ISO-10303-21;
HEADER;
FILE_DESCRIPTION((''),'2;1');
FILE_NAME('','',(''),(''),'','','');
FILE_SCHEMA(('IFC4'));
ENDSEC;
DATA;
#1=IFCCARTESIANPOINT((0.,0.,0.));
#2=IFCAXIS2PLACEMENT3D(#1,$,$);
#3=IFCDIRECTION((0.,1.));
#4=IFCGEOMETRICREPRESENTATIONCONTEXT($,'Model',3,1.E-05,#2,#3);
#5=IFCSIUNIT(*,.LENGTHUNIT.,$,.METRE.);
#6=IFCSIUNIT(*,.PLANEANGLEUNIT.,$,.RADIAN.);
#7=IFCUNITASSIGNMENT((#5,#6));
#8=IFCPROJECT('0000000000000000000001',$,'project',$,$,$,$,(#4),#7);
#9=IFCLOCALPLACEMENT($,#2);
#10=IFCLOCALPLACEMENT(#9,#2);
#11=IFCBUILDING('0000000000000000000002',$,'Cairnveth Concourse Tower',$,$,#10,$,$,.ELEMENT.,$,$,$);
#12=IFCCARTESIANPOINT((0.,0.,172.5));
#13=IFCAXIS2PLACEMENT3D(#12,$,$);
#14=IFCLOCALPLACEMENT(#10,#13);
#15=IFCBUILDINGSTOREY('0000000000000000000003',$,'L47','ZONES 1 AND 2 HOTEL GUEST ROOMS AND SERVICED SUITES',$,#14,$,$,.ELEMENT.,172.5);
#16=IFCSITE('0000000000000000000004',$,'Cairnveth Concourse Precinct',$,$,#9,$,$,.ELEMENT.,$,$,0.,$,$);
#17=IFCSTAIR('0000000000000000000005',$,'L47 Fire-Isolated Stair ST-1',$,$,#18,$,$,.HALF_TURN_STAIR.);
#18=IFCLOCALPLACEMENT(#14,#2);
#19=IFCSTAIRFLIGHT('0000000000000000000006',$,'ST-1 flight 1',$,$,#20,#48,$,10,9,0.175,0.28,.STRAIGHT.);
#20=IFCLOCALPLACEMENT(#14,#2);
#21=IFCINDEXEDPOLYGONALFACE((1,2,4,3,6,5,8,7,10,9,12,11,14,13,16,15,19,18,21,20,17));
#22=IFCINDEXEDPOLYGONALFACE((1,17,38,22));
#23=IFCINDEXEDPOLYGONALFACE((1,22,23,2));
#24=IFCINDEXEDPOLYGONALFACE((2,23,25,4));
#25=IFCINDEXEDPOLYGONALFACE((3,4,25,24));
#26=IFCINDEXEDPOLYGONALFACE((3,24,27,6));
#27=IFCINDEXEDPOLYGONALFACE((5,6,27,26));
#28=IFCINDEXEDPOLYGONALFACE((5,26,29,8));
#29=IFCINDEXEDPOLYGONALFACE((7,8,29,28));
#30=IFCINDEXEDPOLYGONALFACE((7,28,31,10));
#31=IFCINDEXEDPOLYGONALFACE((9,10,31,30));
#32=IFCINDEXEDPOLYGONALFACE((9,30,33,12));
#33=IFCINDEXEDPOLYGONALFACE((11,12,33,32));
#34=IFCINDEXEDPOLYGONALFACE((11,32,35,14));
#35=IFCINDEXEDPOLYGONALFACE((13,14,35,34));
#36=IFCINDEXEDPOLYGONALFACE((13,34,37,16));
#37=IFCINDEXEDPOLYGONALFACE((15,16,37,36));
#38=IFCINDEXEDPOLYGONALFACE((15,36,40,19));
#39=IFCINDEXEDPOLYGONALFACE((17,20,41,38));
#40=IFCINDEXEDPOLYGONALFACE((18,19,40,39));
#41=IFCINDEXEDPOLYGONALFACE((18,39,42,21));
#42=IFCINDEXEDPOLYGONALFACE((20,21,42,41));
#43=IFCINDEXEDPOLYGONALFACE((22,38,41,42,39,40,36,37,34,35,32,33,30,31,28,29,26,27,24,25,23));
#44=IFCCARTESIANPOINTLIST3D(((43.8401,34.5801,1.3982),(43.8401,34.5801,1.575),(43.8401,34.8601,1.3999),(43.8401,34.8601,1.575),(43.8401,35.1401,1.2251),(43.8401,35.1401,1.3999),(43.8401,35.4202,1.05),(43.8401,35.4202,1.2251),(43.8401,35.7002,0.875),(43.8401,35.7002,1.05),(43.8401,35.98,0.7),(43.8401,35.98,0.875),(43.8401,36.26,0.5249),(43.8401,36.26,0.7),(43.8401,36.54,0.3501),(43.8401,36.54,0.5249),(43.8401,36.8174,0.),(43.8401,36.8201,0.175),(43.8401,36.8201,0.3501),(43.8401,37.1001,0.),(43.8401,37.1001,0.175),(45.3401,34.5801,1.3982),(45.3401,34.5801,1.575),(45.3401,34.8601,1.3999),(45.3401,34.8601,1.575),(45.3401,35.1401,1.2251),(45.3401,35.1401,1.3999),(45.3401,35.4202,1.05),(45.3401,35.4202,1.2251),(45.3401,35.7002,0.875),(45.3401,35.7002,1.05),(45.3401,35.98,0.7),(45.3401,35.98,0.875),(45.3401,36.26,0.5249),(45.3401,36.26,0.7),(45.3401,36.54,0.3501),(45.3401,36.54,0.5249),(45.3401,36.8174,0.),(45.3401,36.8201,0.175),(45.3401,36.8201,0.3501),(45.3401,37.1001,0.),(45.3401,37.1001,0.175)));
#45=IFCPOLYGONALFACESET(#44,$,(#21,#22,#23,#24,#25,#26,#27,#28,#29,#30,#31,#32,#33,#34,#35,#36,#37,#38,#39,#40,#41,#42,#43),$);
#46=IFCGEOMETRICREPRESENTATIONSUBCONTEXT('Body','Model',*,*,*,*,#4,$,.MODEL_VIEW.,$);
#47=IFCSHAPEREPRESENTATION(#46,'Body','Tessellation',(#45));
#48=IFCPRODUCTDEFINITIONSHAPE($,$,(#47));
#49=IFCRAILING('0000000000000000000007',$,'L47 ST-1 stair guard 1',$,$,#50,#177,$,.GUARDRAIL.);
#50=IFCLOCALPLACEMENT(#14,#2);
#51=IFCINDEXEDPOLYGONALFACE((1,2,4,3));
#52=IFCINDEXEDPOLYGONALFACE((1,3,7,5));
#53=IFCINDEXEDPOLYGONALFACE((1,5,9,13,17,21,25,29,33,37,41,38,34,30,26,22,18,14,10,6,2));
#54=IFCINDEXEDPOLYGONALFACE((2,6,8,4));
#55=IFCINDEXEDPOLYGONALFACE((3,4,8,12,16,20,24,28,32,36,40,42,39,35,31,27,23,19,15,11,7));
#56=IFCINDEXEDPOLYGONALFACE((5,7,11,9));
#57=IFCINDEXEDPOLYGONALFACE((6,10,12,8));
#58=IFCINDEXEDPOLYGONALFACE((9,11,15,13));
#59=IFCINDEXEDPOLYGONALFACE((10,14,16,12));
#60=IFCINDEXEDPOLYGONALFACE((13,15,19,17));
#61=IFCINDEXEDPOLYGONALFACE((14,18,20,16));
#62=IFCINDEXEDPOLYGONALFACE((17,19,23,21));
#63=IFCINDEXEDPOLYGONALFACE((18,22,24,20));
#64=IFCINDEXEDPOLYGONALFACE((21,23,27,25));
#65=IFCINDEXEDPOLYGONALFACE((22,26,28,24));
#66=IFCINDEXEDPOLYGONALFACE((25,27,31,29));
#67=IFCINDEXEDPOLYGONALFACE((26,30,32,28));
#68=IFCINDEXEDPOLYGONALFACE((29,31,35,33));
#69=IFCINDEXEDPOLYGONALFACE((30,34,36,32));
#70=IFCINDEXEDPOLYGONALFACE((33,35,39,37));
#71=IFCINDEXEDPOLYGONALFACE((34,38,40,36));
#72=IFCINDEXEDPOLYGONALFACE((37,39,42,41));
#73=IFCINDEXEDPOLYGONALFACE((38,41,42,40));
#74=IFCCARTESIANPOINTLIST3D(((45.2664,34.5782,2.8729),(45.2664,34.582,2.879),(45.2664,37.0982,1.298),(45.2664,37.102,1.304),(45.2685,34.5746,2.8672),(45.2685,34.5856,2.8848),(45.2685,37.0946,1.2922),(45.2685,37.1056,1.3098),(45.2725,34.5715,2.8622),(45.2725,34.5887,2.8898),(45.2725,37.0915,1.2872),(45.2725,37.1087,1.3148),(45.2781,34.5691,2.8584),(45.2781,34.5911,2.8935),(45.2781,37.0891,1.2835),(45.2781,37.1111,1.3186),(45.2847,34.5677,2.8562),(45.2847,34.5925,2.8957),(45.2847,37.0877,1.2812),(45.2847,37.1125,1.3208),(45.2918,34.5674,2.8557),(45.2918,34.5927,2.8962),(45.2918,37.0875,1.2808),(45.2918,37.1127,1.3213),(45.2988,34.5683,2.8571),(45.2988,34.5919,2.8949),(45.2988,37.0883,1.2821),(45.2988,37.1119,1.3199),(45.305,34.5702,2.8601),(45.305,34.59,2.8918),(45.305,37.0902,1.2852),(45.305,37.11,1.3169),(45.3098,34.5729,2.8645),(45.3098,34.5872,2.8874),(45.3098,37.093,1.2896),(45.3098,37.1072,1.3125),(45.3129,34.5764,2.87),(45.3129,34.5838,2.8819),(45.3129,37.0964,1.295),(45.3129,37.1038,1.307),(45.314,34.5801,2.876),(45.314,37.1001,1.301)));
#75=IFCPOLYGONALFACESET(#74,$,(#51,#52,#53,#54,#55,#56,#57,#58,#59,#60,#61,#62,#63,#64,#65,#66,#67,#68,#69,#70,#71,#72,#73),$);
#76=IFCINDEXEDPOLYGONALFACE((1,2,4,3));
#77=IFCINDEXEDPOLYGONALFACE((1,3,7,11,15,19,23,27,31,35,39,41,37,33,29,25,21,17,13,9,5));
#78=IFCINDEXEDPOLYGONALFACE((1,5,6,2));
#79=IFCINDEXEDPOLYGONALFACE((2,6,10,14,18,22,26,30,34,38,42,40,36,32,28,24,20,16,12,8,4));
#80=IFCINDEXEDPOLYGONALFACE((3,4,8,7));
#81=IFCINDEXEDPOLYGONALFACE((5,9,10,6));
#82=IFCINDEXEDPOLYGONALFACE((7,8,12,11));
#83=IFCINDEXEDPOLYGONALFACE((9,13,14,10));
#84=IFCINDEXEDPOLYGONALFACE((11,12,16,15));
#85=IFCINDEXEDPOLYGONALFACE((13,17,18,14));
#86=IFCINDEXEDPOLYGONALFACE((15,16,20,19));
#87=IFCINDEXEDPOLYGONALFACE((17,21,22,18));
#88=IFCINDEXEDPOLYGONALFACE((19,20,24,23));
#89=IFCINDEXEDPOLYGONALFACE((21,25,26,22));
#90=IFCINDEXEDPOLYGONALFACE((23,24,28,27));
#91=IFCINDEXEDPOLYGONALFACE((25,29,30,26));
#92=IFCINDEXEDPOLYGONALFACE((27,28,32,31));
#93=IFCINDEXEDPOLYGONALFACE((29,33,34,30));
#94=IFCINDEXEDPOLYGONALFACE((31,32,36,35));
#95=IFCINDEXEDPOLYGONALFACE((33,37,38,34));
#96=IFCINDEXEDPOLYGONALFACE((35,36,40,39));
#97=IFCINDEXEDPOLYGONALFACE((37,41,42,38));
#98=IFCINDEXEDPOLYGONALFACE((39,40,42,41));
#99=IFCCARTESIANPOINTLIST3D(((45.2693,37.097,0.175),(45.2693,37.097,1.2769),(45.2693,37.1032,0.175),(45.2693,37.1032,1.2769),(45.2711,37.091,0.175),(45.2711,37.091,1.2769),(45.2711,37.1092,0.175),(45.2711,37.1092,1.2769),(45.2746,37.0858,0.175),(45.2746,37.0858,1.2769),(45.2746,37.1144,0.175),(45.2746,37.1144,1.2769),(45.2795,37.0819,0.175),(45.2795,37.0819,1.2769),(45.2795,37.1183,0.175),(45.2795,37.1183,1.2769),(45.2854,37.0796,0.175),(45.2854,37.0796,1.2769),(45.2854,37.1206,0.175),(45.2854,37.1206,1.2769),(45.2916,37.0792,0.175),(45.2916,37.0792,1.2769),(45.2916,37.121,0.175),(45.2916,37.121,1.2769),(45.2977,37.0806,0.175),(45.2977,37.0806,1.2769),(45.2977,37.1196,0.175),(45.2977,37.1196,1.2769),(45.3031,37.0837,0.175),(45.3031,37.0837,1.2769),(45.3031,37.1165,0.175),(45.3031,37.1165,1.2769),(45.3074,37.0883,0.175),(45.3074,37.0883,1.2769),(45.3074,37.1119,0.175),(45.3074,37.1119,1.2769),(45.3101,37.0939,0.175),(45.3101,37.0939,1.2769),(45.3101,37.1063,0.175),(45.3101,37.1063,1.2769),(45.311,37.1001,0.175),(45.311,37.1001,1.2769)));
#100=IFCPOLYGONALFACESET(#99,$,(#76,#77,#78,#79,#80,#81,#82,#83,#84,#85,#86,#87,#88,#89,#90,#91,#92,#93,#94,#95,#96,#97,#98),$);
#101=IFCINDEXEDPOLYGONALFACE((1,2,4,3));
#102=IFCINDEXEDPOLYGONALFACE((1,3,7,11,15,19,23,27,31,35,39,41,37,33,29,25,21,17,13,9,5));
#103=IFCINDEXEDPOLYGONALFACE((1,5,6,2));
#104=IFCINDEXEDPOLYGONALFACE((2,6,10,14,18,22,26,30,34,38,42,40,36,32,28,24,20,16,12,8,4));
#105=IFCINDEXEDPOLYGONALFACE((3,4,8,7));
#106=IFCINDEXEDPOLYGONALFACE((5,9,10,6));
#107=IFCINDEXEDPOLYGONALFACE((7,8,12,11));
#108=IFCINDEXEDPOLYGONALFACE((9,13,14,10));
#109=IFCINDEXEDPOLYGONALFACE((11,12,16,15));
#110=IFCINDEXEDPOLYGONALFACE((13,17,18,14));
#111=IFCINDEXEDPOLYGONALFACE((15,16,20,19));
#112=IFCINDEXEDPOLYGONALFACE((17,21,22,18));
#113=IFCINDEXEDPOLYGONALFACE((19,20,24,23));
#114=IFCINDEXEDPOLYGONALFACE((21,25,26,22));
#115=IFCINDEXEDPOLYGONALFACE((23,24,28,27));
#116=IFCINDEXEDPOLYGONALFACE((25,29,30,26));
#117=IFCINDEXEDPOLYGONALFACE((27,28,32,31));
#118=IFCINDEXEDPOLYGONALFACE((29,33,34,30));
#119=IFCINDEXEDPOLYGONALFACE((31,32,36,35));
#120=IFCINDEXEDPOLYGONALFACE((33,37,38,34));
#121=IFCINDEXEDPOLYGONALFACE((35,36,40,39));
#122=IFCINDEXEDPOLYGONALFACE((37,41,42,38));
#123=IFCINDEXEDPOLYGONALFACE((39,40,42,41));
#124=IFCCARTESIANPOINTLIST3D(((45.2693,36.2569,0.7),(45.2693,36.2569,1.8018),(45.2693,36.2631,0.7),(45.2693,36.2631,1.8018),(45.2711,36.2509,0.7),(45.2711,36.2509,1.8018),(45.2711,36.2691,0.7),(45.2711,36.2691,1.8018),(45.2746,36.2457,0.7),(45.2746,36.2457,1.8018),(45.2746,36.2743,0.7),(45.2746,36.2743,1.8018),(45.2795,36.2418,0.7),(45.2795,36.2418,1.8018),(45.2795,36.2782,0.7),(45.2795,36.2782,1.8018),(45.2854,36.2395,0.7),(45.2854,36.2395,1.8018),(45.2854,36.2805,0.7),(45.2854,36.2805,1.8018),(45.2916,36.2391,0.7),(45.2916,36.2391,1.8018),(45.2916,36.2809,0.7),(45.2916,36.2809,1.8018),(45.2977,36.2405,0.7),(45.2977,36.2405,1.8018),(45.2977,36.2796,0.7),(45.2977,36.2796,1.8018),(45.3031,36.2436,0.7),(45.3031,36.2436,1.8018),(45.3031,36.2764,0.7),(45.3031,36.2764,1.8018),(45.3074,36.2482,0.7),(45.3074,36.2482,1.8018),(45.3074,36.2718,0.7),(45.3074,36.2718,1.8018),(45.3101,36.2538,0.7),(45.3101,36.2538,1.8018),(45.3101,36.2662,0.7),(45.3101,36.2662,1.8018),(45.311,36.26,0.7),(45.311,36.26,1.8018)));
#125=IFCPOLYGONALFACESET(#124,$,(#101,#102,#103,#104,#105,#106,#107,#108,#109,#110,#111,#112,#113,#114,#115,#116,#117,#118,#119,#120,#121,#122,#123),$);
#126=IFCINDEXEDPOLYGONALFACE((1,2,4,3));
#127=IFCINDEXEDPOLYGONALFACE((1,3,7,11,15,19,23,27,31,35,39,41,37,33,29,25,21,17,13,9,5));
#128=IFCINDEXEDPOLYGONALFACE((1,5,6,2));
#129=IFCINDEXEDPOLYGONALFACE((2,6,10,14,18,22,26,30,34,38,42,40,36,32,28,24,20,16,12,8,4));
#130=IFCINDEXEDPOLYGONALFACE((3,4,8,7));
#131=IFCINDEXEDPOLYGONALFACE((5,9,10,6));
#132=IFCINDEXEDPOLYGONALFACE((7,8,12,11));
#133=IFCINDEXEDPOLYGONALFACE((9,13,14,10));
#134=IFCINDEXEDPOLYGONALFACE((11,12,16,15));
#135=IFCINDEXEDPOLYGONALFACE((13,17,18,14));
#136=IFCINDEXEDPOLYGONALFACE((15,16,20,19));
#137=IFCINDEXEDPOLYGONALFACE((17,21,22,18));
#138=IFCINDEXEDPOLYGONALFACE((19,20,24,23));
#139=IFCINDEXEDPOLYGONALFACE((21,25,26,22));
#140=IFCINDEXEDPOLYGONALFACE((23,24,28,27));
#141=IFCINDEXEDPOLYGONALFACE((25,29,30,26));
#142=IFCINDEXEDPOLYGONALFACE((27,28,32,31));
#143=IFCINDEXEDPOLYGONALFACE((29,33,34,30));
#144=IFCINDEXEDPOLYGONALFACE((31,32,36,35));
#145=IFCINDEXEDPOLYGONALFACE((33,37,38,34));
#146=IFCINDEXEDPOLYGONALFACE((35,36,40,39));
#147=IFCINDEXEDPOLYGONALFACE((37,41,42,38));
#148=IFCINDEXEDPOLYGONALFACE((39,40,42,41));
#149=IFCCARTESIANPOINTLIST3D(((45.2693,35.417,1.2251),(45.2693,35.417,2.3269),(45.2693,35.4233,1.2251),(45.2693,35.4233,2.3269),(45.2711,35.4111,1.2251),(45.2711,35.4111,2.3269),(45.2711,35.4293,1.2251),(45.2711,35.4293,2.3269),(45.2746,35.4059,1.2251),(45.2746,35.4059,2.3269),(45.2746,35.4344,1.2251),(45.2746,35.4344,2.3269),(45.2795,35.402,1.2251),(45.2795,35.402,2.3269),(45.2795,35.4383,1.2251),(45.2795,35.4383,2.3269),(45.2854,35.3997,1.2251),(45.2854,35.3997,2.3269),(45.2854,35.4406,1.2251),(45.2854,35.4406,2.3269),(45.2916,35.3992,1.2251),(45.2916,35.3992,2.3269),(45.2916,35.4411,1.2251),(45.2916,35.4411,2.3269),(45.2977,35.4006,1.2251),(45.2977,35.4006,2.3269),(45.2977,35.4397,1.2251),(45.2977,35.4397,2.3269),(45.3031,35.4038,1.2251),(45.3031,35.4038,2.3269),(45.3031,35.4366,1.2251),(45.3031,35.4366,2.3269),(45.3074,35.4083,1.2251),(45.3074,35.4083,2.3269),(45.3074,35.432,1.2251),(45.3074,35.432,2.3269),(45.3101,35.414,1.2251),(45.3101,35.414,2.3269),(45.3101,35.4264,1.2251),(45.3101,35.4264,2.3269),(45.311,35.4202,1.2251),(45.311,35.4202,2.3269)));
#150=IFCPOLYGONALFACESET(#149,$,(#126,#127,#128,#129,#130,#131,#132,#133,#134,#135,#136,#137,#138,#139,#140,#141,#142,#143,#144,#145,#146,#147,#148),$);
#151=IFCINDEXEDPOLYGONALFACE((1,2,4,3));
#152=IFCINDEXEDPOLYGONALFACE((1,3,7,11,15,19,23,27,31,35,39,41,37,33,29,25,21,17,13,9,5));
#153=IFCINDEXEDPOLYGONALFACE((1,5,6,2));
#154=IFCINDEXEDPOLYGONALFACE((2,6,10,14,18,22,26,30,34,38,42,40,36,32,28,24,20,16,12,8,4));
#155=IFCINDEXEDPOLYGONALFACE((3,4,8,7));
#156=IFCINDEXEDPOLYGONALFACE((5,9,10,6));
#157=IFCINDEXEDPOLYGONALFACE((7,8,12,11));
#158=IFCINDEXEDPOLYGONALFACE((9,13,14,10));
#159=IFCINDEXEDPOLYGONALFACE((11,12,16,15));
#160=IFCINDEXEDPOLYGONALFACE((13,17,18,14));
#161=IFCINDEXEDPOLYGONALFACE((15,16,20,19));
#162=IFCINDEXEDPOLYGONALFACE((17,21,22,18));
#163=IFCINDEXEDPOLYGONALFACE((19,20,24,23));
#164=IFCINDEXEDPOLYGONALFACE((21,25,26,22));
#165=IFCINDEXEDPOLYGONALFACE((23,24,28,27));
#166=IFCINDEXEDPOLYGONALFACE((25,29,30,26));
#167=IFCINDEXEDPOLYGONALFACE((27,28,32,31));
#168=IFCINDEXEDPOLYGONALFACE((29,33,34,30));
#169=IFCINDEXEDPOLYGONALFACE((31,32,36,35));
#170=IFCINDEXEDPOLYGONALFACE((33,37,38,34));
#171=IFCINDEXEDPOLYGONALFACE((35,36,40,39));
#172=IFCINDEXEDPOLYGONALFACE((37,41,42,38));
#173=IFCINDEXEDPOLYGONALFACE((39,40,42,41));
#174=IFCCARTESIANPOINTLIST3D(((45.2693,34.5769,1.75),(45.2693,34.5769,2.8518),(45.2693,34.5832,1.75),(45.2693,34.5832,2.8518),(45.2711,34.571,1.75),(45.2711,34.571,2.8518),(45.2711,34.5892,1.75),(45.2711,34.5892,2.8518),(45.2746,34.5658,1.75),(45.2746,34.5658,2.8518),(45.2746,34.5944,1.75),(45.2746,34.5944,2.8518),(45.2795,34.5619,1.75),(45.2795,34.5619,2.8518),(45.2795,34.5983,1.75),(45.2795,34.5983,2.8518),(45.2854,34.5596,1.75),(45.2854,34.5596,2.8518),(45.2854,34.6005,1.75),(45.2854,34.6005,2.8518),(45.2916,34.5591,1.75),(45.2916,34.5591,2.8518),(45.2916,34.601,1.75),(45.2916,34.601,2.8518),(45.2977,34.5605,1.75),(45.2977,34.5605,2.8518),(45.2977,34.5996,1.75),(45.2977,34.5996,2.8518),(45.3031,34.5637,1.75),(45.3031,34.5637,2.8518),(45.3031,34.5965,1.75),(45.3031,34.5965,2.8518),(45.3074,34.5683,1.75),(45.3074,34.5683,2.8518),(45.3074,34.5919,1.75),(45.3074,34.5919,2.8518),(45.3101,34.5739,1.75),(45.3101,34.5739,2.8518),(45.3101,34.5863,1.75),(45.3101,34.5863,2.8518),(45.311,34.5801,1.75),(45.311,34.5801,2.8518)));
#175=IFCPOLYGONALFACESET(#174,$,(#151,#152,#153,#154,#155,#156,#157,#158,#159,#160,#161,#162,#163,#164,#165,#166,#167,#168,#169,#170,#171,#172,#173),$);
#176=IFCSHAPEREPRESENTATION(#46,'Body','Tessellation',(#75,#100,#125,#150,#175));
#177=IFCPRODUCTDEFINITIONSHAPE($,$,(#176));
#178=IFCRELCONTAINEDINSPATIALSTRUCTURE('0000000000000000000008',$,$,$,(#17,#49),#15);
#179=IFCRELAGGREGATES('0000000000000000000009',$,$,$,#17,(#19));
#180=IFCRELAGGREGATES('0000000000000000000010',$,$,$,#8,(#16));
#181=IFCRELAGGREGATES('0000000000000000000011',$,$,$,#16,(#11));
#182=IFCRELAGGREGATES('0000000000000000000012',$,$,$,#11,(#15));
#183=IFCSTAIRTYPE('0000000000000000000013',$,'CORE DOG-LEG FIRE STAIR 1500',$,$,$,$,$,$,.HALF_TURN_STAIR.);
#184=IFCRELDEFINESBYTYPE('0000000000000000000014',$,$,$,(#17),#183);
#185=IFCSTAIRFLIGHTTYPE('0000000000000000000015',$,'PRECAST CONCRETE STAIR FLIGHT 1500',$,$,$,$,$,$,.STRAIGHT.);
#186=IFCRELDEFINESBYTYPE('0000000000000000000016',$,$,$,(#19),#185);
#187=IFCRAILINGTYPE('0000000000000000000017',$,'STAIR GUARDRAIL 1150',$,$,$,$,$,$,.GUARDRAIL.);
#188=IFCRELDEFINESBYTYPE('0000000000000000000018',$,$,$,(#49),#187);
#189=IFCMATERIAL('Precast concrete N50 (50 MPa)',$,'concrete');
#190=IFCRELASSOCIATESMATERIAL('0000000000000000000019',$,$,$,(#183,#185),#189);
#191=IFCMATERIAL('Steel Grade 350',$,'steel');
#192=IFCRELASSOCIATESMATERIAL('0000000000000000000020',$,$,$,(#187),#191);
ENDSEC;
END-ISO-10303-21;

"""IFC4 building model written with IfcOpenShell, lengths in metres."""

from ifc_helpers import new_model, si_unit, direction, frame, origin, origin_2d, place, context, subcontext, project, spatial, polyline, circle, outline, extrude, material, type_object, element, aggregate, save


model = new_model("IFC4")

# Units and contexts
model_context = context("Model", 3, precision=1e-05, world=origin(), true_north=direction((0.0, 1.0)))
body_context = subcontext(model_context, "Body", "Model", "MODEL_VIEW")
ifc_project = project(units=[si_unit("LENGTHUNIT", "METRE"), si_unit("PLANEANGLEUNIT", "RADIAN")], contexts=[model_context])

# Site, building, storey
site_placement = place(None, origin())
site = spatial("IfcSite", under=ifc_project, at=site_placement, Name="Cairnveth Concourse Precinct", CompositionType="ELEMENT", RefElevation=0.0)
building_placement = place(site_placement, origin())
building = spatial("IfcBuilding", under=site, at=building_placement, Name="Cairnveth Concourse Tower", CompositionType="ELEMENT")
storey_placement = place(building_placement, frame((0.0, 0.0, 172.5)))
storey = spatial("IfcBuildingStorey", under=building, at=storey_placement, Name="L47", Description="ZONES 1 AND 2 HOTEL GUEST ROOMS AND SERVICED SUITES", CompositionType="ELEMENT", Elevation=172.5)

# Shared definitions
ifc_material_1 = material(Name="Steel Grade 350", Category="steel")

# Stair, stair flight
ifc_material_2 = material(Name="Precast concrete N50 (50 MPa)", Category="concrete")
stair_type = type_object("IfcStairType", Name="CORE DOG-LEG FIRE STAIR 1500", PredefinedType="HALF_TURN_STAIR", material=ifc_material_2)
stair_placement = place(storey_placement, origin())
stair = element("IfcStair", 1, at=stair_placement, inside=storey, type_object=stair_type, Name="L47 Fire-Isolated Stair ST-1", PredefinedType="HALF_TURN_STAIR")
stair_flight_type = type_object("IfcStairFlightType", Name="PRECAST CONCRETE STAIR FLIGHT 1500", PredefinedType="STRAIGHT", material=ifc_material_2)
stair_flight_placement = place(storey_placement, frame((44.5901, 37.1001, 0.0), z_axis=(0.0, 0.0, 1.0), x_axis=(0.0, -1.0, 0.0)))
stair_flight = element("IfcStairFlight", 2, at=stair_flight_placement, type_object=stair_flight_type, Name="ST-1 flight 1", NumberOfRisers=10, NumberOfTreads=9, PredefinedType="STRAIGHT", RiserHeight=0.175, TreadLength=0.28, context=body_context, shape_type="SweptSolid", body=[
    extrude(outline(polyline([(0.0, 0.0), (0.0, 0.175), (0.28, 0.175), (0.28, 0.3501), (0.5601, 0.3501), (0.5601, 0.5249), (0.8401, 0.5249), (0.8401, 0.7), (1.1201, 0.7), (1.1201, 0.875), (1.3999, 0.875), (1.3999, 1.05), (1.6799, 1.05), (1.6799, 1.2251), (1.96, 1.2251), (1.96, 1.3999), (2.24, 1.3999), (2.24, 1.575), (2.52, 1.575), (2.52, 1.75), (2.52, 1.3982), (0.2827, 0.0), (0.0, 0.0)])), frame((0.0, 0.75, 0.0), z_axis=(0.0, -1.0, 0.0), x_axis=(1.0, 0.0, 0.0)), (0.0, 0.0, 1.0), 1.5),
])
aggregate(stair, [stair_flight])

# Railing
railing_type_1 = type_object("IfcRailingType", Name="STAIR GUARDRAIL 1150", PredefinedType="GUARDRAIL", material=ifc_material_1)
railing_1_placement = place(storey_placement, frame((45.29, 37.1001, 0.175)))
element("IfcRailing", 3, at=railing_1_placement, inside=storey, type_object=railing_type_1, Name="L47 ST-1 stair guard 1", PredefinedType="GUARDRAIL", context=body_context, shape_type="SweptSolid", body=[
    extrude(circle(Radius=0.0239, at=origin_2d()), frame((0.0, 0.0, 1.126), z_axis=(0.0, -0.848008, 0.529984), x_axis=(1.0, 0.0, 0.0)), (0.0, 0.0, 1.0), 2.9717),
    extrude(circle(Radius=0.021, at=origin_2d()), origin(), (0.0, 0.0, 1.0), 1.1018),
    extrude(circle(Radius=0.021, at=origin_2d()), frame((0.0, -0.8401, 0.5249)), (0.0, 0.0, 1.0), 1.1018),
    extrude(circle(Radius=0.021, at=origin_2d()), frame((0.0, -1.6799, 1.05)), (0.0, 0.0, 1.0), 1.1018),
    extrude(circle(Radius=0.021, at=origin_2d()), frame((0.0, -2.52, 1.575)), (0.0, 0.0, 1.0), 1.1018),
])

save(model, "model.ifc")
